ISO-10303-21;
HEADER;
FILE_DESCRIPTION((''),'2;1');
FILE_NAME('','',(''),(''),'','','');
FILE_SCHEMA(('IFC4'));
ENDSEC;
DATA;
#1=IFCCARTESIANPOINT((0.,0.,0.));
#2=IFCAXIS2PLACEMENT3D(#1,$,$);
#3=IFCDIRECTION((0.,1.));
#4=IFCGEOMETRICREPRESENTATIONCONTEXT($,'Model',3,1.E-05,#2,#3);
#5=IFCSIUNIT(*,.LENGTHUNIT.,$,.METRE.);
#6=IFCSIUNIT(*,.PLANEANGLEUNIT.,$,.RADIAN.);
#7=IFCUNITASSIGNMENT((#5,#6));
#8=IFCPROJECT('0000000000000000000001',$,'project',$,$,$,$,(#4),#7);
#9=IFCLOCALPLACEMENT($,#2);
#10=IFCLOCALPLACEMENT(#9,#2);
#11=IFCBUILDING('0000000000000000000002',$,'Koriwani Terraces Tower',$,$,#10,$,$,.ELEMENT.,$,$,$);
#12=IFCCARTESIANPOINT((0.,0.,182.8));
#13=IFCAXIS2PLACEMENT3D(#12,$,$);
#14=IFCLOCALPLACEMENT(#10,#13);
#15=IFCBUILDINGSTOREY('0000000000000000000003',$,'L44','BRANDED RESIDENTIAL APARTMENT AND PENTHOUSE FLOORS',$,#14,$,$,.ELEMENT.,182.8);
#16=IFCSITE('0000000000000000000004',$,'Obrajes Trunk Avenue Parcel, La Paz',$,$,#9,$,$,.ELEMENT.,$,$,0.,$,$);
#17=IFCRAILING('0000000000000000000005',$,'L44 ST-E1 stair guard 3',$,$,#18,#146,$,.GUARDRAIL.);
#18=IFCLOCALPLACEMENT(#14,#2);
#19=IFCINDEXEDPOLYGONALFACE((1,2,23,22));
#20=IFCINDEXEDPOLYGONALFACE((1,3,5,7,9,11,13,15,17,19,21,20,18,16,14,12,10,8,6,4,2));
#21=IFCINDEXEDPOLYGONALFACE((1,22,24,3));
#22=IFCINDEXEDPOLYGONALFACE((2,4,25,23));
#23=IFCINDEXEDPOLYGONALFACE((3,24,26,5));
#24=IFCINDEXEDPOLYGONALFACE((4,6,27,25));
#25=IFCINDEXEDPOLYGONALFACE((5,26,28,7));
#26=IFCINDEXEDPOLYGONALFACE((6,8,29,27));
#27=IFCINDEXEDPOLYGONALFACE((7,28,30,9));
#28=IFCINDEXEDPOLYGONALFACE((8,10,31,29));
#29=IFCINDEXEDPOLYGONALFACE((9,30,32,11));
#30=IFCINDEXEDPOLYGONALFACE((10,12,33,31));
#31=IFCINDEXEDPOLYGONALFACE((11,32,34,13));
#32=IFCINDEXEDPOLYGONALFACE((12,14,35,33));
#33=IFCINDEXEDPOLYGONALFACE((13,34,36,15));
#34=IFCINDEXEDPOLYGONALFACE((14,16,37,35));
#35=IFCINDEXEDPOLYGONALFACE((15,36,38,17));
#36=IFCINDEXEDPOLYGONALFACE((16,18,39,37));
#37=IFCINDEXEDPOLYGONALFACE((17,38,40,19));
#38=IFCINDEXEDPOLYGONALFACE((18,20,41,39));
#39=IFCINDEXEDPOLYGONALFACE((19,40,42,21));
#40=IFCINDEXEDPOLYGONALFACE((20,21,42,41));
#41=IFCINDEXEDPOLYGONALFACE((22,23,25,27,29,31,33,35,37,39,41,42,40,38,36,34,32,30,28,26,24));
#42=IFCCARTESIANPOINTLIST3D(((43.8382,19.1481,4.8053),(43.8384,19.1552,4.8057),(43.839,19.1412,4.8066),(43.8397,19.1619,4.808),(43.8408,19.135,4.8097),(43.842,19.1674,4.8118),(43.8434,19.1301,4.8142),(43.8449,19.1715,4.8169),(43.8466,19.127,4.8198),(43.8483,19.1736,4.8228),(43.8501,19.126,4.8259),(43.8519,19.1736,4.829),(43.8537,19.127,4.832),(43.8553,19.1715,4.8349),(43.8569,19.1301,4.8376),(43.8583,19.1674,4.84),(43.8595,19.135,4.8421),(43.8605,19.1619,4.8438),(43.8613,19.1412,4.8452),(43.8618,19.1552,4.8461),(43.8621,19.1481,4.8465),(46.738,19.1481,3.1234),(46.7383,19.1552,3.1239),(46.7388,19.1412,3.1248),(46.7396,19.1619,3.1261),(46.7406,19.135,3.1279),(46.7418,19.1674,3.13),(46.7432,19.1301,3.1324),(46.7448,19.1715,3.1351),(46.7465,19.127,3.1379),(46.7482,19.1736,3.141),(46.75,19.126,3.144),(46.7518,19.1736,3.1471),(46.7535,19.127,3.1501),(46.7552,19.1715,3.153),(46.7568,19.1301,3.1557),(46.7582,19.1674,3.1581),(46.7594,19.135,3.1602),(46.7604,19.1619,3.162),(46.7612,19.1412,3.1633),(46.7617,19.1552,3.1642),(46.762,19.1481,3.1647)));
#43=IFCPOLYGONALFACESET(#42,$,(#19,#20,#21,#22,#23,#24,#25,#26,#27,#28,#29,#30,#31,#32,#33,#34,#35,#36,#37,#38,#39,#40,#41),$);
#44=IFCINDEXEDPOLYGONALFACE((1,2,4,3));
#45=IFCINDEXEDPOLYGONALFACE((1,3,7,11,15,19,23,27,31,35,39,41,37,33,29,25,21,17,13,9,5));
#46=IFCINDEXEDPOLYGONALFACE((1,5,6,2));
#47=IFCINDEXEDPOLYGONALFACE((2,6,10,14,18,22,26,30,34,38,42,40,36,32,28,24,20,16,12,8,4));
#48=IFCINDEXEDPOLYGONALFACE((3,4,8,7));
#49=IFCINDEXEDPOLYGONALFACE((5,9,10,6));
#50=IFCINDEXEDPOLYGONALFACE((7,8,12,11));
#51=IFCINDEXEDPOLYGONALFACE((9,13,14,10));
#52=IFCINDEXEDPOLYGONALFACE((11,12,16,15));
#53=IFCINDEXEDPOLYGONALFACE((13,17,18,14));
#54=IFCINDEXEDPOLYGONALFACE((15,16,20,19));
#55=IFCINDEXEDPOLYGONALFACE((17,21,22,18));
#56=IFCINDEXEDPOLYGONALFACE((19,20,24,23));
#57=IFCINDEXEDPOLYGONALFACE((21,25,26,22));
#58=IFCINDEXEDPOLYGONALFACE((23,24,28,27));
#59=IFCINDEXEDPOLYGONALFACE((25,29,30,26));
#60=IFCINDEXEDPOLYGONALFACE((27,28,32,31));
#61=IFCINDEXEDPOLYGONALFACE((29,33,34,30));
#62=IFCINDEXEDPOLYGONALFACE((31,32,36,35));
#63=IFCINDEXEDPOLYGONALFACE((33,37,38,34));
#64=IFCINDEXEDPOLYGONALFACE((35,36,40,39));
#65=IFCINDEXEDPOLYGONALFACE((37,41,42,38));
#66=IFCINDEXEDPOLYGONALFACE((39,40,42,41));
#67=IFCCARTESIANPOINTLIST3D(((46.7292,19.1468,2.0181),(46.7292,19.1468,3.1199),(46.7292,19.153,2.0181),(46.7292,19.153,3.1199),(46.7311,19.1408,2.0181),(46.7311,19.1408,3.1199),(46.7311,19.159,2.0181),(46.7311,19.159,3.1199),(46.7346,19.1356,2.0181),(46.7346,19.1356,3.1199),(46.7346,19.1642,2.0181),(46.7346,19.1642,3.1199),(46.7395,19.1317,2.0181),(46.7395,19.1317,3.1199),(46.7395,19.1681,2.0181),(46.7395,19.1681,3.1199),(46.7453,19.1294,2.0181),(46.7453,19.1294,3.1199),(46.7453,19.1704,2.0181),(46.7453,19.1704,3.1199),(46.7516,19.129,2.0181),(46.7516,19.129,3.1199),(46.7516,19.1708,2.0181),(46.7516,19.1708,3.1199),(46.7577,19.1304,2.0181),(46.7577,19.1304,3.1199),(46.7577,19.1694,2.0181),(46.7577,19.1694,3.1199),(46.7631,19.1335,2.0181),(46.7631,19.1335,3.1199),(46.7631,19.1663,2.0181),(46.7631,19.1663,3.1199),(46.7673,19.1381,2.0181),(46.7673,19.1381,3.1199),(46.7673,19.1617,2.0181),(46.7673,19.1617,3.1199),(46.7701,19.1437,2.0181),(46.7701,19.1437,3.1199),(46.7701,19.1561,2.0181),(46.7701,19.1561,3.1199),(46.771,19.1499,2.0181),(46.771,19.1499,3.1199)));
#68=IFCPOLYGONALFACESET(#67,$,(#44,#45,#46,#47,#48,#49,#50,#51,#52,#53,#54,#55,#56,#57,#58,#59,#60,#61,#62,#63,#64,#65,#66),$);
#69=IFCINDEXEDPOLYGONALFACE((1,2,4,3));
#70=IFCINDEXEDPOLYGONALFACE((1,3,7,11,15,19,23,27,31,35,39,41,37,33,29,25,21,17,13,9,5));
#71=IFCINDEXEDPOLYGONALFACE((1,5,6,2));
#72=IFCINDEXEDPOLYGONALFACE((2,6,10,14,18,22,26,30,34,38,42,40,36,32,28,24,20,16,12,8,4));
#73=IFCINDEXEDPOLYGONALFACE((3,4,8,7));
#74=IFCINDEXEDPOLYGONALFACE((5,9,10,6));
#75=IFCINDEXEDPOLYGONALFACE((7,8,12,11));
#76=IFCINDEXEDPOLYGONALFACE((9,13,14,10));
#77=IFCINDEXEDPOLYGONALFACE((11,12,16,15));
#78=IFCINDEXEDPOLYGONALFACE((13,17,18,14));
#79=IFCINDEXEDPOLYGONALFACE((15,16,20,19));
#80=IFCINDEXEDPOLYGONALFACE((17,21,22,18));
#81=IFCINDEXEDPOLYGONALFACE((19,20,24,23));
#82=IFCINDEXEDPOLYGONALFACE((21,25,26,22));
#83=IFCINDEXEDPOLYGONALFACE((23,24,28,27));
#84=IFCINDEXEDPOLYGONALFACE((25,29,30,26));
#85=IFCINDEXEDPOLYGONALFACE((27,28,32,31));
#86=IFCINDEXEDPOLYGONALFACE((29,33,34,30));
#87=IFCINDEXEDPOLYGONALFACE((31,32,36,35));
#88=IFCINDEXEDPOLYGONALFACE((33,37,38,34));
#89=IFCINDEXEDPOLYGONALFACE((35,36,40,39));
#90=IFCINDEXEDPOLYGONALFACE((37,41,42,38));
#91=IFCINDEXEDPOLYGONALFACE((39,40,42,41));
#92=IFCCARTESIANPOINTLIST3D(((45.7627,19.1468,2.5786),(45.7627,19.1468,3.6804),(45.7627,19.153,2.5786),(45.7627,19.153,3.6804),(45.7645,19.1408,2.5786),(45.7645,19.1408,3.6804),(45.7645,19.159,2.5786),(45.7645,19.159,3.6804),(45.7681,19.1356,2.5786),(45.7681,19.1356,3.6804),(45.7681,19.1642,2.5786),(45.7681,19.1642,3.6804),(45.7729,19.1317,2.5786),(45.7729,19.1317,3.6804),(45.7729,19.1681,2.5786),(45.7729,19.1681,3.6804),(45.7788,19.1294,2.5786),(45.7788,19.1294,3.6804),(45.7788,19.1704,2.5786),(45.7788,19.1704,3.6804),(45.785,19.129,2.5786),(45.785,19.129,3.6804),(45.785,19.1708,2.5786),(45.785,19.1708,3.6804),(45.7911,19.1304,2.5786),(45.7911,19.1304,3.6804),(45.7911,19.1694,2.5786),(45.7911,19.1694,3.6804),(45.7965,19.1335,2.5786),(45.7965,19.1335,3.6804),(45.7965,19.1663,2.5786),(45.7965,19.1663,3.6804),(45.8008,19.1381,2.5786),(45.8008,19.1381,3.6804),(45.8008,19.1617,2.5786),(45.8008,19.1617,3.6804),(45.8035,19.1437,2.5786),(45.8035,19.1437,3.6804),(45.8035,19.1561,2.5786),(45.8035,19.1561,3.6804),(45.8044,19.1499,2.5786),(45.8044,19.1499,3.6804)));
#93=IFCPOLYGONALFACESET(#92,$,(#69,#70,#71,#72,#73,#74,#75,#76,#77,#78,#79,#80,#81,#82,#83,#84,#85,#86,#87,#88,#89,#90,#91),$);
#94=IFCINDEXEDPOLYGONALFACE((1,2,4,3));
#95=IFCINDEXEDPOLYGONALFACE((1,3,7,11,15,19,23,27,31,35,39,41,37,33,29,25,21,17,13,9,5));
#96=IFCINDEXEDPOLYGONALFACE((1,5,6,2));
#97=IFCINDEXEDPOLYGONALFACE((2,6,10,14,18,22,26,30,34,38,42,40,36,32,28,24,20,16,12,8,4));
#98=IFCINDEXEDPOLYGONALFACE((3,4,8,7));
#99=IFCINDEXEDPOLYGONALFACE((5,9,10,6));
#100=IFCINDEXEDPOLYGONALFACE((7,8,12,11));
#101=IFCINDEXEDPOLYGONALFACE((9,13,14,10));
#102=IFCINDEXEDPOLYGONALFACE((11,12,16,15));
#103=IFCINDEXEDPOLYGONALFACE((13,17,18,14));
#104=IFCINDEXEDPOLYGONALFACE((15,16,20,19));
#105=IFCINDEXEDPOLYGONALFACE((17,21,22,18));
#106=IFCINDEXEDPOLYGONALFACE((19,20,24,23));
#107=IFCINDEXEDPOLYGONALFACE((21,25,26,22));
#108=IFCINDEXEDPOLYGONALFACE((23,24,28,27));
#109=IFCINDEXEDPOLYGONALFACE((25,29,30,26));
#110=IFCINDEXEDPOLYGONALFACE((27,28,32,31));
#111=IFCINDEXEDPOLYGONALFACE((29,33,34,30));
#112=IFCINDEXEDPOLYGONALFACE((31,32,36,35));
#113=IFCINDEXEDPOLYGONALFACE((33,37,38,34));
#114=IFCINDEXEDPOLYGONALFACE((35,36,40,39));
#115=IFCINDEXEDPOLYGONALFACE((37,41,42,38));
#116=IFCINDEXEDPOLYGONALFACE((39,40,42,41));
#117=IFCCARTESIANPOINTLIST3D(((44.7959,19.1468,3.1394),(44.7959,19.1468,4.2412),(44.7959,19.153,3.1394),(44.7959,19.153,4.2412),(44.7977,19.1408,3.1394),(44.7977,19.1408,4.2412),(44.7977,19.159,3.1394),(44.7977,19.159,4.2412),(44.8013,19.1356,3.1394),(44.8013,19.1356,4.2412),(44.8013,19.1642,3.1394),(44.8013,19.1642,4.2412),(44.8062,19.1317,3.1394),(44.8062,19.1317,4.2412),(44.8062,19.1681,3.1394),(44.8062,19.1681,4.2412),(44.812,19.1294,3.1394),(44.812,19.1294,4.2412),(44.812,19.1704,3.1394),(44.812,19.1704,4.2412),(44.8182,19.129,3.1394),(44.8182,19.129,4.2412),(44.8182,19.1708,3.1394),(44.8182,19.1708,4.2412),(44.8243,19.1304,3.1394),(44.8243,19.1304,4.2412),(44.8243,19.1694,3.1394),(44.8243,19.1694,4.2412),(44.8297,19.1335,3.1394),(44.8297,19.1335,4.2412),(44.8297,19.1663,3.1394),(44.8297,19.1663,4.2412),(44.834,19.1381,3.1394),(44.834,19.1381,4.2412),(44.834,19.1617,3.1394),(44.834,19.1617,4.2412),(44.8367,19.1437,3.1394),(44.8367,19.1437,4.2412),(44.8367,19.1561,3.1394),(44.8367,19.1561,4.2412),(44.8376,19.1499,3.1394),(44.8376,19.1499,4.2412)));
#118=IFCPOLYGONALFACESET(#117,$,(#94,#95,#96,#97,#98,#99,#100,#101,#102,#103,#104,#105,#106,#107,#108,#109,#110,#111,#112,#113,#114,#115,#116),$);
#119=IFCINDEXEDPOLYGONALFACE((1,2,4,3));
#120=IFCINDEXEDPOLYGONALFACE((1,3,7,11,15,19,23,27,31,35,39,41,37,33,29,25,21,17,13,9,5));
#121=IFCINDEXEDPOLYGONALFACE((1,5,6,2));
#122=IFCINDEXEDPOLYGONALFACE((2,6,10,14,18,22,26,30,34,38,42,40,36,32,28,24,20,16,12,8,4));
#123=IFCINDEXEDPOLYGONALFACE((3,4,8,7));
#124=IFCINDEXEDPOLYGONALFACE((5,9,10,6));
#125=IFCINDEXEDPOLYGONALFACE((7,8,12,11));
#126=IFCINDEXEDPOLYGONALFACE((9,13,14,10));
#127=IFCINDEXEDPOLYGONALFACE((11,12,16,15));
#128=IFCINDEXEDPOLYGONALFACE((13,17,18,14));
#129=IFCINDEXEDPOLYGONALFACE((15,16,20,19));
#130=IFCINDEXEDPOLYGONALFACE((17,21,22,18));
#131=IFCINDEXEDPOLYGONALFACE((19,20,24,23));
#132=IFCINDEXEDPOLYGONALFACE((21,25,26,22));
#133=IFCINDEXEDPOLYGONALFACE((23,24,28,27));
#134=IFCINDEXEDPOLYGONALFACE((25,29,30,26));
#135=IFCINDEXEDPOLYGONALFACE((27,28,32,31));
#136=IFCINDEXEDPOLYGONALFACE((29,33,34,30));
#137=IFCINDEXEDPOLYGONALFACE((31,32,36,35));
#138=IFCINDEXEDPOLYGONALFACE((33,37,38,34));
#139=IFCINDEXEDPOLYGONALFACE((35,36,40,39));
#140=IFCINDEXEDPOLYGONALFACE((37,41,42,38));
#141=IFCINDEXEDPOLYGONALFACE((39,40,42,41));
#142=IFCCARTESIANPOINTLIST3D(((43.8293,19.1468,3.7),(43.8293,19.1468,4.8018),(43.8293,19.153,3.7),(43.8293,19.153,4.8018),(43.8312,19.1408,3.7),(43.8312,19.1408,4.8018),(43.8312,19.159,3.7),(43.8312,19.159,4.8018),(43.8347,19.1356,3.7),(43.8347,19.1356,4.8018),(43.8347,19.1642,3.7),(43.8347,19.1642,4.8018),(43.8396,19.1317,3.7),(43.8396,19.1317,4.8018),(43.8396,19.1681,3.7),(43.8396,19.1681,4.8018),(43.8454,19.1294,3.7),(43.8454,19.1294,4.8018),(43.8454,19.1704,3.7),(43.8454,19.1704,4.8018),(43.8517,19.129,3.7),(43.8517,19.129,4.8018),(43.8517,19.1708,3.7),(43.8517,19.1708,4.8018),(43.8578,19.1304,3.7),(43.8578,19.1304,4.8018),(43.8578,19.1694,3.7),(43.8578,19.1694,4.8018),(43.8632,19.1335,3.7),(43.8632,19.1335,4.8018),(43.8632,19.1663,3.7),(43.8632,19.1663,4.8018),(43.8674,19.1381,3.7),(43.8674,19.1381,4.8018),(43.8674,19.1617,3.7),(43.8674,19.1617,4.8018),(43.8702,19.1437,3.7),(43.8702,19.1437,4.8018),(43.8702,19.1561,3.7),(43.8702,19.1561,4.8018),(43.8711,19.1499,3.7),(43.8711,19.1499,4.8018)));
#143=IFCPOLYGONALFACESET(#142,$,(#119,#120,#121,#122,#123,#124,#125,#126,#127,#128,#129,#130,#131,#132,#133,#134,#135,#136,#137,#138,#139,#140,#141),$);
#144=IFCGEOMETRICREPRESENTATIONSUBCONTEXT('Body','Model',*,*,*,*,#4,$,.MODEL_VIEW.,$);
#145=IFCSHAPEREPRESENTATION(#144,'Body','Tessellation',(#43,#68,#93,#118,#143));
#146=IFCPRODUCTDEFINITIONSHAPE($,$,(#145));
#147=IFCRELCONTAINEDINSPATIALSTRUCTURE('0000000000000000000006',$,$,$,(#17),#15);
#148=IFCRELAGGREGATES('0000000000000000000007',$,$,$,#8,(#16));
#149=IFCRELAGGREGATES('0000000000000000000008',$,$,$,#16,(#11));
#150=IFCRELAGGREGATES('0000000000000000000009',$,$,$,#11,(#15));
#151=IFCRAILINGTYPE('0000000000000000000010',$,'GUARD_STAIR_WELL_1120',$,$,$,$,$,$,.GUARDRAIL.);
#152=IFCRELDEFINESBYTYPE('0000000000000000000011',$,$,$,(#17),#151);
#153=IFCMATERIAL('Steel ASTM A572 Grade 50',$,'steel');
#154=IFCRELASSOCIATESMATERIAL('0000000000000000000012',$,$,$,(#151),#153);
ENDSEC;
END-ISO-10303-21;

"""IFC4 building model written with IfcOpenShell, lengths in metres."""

from ifc_helpers import new_model, si_unit, direction, frame, origin, origin_2d, place, context, subcontext, project, spatial, circle, extrude, material, type_object, element, save


model = new_model("IFC4")

# Units and contexts
model_context = context("Model", 3, precision=1e-05, world=origin(), true_north=direction((0.0, 1.0)))
body_context = subcontext(model_context, "Body", "Model", "MODEL_VIEW")
ifc_project = project(units=[si_unit("LENGTHUNIT", "METRE"), si_unit("PLANEANGLEUNIT", "RADIAN")], contexts=[model_context])

# Site, building, storey
site_placement = place(None, origin())
site = spatial("IfcSite", under=ifc_project, at=site_placement, Name="Obrajes Trunk Avenue Parcel, La Paz", CompositionType="ELEMENT", RefElevation=0.0)
building_placement = place(site_placement, origin())
building = spatial("IfcBuilding", under=site, at=building_placement, Name="Koriwani Terraces Tower", CompositionType="ELEMENT")
storey_placement = place(building_placement, frame((0.0, 0.0, 182.8)))
storey = spatial("IfcBuildingStorey", under=building, at=storey_placement, Name="L44", Description="BRANDED RESIDENTIAL APARTMENT AND PENTHOUSE FLOORS", CompositionType="ELEMENT", Elevation=182.8)

# Shared definitions
ifc_material_1 = material(Name="Steel ASTM A572 Grade 50", Category="steel")

# Railing
railing_type_1 = type_object("IfcRailingType", Name="GUARD_STAIR_WELL_1120", PredefinedType="GUARDRAIL", material=ifc_material_1)
railing_1_placement = place(storey_placement, frame((46.75, 19.1499, 2.0181)))
element("IfcRailing", 1, at=railing_1_placement, inside=storey, type_object=railing_type_1, Name="L44 ST-E1 stair guard 3", PredefinedType="GUARDRAIL", context=body_context, shape_type="SweptSolid", body=[
    extrude(circle(Radius=0.0239, at=origin_2d()), frame((0.0, 0.0, 1.126), z_axis=(-0.865039, 0.0, 0.501705), x_axis=(0.0, -1.0, 0.0)), (0.0, 0.0, 1.0), 3.3523),
    extrude(circle(Radius=0.021, at=origin_2d()), origin(), (0.0, 0.0, 1.0), 1.1018),
    extrude(circle(Radius=0.021, at=origin_2d()), frame((-0.9666, 0.0, 0.5605)), (0.0, 0.0, 1.0), 1.1018),
    extrude(circle(Radius=0.021, at=origin_2d()), frame((-1.9333, 0.0, 1.1213)), (0.0, 0.0, 1.0), 1.1018),
    extrude(circle(Radius=0.021, at=origin_2d()), frame((-2.8999, 0.0, 1.6819)), (0.0, 0.0, 1.0), 1.1018),
])

save(model, "model.ifc")
